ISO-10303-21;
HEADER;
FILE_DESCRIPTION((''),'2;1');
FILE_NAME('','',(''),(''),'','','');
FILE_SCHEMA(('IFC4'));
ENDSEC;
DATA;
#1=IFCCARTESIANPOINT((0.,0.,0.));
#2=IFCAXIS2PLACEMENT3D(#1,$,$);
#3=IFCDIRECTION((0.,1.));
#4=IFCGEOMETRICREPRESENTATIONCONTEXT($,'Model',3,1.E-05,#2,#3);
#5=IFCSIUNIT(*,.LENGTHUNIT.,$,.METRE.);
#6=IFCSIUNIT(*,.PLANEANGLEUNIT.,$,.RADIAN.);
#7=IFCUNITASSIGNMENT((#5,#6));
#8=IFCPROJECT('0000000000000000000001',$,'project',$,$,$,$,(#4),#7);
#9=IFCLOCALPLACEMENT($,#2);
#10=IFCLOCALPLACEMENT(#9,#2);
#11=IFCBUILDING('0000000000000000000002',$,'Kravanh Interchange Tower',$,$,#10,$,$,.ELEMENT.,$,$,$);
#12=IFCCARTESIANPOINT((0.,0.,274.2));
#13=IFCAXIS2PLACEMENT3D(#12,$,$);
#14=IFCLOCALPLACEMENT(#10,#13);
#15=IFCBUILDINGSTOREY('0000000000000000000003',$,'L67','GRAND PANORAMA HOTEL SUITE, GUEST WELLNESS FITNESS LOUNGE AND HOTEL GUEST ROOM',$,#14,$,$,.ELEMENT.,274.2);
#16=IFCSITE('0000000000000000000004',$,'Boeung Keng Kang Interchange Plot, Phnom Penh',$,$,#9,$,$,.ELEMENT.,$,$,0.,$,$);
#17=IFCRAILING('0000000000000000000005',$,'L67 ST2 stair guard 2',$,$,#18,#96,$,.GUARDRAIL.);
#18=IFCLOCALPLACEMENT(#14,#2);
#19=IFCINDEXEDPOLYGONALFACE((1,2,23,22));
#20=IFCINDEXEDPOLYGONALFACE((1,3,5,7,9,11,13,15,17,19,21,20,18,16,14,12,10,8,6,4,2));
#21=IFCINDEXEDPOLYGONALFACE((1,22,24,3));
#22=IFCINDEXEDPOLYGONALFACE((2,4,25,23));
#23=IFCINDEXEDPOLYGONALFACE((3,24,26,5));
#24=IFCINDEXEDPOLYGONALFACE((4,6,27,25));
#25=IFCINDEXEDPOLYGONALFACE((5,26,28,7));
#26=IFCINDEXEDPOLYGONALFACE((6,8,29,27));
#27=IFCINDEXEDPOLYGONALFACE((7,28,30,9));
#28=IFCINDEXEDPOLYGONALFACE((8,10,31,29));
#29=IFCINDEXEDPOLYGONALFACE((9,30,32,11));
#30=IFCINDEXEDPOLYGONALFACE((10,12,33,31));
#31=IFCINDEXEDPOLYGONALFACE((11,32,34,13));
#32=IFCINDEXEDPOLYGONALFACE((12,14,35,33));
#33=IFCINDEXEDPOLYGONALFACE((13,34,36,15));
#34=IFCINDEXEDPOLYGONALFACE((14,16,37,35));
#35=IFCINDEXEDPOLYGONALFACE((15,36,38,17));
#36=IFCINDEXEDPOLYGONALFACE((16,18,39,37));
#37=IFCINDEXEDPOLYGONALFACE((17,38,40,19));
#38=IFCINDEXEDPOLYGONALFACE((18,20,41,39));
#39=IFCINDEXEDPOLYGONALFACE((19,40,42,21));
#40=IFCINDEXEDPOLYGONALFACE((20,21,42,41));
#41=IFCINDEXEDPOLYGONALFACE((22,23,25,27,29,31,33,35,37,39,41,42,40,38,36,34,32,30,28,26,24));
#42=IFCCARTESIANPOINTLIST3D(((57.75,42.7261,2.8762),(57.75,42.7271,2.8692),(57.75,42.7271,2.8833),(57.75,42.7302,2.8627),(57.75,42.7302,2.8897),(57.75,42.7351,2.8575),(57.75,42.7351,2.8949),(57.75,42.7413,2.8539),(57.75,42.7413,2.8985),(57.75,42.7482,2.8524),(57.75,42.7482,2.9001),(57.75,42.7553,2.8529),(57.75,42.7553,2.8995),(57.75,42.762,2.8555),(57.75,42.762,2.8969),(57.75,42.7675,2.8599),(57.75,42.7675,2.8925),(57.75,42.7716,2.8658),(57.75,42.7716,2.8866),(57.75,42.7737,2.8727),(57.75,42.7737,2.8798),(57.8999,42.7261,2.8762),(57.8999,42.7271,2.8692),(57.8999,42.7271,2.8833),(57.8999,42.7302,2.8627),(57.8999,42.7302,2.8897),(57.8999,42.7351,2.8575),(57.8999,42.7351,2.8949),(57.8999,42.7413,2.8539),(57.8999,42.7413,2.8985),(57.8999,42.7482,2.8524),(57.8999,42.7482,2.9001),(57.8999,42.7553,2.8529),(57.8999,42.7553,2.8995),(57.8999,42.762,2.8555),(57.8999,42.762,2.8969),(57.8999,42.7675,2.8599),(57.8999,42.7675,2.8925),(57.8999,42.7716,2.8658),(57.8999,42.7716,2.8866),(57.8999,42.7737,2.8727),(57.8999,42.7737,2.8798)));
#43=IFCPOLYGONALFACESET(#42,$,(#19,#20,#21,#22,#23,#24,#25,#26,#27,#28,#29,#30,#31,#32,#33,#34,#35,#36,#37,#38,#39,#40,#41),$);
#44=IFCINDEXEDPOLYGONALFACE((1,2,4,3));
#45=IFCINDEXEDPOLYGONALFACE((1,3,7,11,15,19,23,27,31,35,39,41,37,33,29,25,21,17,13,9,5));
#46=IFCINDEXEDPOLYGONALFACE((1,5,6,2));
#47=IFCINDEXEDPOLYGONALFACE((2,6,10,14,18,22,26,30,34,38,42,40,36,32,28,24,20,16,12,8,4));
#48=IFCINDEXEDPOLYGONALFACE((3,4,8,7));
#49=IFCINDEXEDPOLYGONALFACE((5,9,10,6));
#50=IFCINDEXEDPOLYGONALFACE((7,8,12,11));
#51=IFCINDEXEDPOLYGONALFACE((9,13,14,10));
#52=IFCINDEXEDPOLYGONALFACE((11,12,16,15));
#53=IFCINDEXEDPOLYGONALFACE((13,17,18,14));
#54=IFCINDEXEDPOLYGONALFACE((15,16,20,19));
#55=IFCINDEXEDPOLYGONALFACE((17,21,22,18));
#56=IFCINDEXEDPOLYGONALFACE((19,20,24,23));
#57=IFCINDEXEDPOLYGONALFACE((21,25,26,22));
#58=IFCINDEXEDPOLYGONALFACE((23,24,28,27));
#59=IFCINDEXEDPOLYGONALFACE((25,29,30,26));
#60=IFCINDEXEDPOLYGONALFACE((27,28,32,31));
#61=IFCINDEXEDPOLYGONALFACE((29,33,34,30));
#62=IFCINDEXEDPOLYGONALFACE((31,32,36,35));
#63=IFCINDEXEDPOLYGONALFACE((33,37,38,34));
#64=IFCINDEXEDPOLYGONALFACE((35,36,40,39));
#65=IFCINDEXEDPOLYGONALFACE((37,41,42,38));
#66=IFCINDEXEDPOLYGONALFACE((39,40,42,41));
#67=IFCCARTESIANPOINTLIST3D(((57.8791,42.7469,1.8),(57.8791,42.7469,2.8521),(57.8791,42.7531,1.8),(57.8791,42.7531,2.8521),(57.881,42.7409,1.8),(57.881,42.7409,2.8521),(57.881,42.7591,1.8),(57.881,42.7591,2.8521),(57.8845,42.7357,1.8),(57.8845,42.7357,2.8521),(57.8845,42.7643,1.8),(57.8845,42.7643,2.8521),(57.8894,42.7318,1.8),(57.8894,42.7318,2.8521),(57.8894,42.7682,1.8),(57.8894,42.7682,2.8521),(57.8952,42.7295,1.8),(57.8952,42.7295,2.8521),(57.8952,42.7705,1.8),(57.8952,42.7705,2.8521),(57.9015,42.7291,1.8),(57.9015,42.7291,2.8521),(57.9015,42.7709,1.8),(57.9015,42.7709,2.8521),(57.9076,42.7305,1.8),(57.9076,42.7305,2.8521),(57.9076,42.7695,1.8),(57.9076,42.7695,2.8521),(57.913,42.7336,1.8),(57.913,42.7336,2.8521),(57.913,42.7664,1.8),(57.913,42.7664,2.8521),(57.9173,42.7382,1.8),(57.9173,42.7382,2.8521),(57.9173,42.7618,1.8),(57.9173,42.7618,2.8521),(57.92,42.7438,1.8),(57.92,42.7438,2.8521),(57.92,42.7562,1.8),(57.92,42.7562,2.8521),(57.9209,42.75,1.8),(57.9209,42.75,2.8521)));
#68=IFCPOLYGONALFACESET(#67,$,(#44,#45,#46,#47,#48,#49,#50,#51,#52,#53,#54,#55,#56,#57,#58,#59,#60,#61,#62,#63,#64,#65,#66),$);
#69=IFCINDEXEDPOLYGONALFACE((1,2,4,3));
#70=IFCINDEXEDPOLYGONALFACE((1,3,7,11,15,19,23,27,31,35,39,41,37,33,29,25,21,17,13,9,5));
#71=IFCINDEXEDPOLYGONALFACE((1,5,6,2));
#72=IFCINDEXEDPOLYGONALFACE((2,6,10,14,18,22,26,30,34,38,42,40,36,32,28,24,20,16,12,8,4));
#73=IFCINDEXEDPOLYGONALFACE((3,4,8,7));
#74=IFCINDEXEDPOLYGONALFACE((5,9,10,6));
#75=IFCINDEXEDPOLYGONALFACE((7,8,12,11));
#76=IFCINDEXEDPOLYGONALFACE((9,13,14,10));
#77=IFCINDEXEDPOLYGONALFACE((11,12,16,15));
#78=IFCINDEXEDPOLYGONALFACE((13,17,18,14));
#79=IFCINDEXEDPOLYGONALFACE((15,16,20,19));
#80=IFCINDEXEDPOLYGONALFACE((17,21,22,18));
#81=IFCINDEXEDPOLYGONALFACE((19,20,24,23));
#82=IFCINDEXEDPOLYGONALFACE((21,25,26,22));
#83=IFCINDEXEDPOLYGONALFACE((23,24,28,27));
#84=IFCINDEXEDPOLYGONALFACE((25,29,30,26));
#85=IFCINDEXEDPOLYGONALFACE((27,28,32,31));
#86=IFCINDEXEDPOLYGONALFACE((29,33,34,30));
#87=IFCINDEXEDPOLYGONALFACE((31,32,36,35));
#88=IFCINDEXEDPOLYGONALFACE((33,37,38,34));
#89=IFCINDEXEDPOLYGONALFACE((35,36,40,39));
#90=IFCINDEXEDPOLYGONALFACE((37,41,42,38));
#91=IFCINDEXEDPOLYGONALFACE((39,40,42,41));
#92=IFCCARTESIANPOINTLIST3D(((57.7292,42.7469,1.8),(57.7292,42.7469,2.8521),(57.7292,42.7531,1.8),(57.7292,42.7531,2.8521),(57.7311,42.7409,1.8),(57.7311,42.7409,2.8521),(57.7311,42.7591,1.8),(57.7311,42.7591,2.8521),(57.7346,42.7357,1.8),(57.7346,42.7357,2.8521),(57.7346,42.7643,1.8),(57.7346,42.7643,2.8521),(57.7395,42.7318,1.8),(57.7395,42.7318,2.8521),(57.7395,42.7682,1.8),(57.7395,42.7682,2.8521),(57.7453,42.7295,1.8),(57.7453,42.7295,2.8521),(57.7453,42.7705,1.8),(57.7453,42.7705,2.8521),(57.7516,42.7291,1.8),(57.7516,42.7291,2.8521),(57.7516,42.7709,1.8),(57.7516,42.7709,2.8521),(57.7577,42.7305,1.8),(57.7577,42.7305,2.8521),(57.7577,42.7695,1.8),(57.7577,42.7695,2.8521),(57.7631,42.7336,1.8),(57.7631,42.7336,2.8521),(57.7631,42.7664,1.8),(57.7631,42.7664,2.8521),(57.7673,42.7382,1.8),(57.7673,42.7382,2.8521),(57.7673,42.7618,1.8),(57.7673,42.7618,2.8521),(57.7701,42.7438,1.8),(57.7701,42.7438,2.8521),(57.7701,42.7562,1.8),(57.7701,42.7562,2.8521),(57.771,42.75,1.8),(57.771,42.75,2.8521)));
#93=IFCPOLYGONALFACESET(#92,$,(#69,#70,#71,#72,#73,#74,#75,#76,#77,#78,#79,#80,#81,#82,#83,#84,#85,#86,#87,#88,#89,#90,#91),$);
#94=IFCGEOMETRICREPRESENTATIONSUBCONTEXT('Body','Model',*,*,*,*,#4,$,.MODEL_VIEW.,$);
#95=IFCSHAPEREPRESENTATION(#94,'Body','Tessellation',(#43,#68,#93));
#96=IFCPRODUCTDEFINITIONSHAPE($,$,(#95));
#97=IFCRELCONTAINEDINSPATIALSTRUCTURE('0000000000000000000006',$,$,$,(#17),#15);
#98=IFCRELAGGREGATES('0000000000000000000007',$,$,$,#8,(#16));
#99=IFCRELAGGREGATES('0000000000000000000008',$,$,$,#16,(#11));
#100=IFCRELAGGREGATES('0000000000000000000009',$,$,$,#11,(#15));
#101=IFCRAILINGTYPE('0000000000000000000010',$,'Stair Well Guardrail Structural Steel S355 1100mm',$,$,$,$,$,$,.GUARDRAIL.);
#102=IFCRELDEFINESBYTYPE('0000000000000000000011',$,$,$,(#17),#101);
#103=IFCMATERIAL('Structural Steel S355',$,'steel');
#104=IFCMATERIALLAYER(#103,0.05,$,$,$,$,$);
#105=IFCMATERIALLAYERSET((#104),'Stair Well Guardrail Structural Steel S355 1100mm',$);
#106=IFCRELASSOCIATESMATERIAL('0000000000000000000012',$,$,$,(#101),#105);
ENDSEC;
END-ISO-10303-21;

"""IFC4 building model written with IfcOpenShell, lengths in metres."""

from ifc_helpers import new_model, si_unit, direction, frame, origin, origin_2d, place, context, subcontext, project, spatial, circle, extrude, material, layer, layer_set, type_object, element, save


model = new_model("IFC4")

# Units and contexts
model_context = context("Model", 3, precision=1e-05, world=origin(), true_north=direction((0.0, 1.0)))
body_context = subcontext(model_context, "Body", "Model", "MODEL_VIEW")
ifc_project = project(units=[si_unit("LENGTHUNIT", "METRE"), si_unit("PLANEANGLEUNIT", "RADIAN")], contexts=[model_context])

# Site, building, storey
site_placement = place(None, origin())
site = spatial("IfcSite", under=ifc_project, at=site_placement, Name="Boeung Keng Kang Interchange Plot, Phnom Penh", CompositionType="ELEMENT", RefElevation=0.0)
building_placement = place(site_placement, origin())
building = spatial("IfcBuilding", under=site, at=building_placement, Name="Kravanh Interchange Tower", CompositionType="ELEMENT")
storey_placement = place(building_placement, frame((0.0, 0.0, 274.2)))
storey = spatial("IfcBuildingStorey", under=building, at=storey_placement, Name="L67", Description="GRAND PANORAMA HOTEL SUITE, GUEST WELLNESS FITNESS LOUNGE AND HOTEL GUEST ROOM", CompositionType="ELEMENT", Elevation=274.2)

# Railing
ifc_material_1 = material(Name="Structural Steel S355", Category="steel")
ifc_layer_1 = layer(ifc_material_1, 0.05)
ifc_layer_set_1 = layer_set([ifc_layer_1], Name="Stair Well Guardrail Structural Steel S355 1100mm")
railing_type_1 = type_object("IfcRailingType", Name="Stair Well Guardrail Structural Steel S355 1100mm", PredefinedType="GUARDRAIL", material=ifc_layer_set_1)
railing_1_placement = place(storey_placement, frame((57.8999, 42.75, 1.8)))
element("IfcRailing", 1, at=railing_1_placement, inside=storey, type_object=railing_type_1, Name="L67 ST2 stair guard 2", PredefinedType="GUARDRAIL", context=body_context, shape_type="SweptSolid", body=[
    extrude(circle(Radius=0.0239, at=origin_2d()), frame((0.0, 0.0, 1.0762), z_axis=(-1.0, 0.0, 0.0), x_axis=(0.0, -1.0, 0.0)), (0.0, 0.0, 1.0), 0.1499),
    extrude(circle(Radius=0.021, at=origin_2d()), origin(), (0.0, 0.0, 1.0), 1.052),
    extrude(circle(Radius=0.021, at=origin_2d()), frame((-0.1499, 0.0, 0.0)), (0.0, 0.0, 1.0), 1.052),
])

save(model, "model.ifc")
